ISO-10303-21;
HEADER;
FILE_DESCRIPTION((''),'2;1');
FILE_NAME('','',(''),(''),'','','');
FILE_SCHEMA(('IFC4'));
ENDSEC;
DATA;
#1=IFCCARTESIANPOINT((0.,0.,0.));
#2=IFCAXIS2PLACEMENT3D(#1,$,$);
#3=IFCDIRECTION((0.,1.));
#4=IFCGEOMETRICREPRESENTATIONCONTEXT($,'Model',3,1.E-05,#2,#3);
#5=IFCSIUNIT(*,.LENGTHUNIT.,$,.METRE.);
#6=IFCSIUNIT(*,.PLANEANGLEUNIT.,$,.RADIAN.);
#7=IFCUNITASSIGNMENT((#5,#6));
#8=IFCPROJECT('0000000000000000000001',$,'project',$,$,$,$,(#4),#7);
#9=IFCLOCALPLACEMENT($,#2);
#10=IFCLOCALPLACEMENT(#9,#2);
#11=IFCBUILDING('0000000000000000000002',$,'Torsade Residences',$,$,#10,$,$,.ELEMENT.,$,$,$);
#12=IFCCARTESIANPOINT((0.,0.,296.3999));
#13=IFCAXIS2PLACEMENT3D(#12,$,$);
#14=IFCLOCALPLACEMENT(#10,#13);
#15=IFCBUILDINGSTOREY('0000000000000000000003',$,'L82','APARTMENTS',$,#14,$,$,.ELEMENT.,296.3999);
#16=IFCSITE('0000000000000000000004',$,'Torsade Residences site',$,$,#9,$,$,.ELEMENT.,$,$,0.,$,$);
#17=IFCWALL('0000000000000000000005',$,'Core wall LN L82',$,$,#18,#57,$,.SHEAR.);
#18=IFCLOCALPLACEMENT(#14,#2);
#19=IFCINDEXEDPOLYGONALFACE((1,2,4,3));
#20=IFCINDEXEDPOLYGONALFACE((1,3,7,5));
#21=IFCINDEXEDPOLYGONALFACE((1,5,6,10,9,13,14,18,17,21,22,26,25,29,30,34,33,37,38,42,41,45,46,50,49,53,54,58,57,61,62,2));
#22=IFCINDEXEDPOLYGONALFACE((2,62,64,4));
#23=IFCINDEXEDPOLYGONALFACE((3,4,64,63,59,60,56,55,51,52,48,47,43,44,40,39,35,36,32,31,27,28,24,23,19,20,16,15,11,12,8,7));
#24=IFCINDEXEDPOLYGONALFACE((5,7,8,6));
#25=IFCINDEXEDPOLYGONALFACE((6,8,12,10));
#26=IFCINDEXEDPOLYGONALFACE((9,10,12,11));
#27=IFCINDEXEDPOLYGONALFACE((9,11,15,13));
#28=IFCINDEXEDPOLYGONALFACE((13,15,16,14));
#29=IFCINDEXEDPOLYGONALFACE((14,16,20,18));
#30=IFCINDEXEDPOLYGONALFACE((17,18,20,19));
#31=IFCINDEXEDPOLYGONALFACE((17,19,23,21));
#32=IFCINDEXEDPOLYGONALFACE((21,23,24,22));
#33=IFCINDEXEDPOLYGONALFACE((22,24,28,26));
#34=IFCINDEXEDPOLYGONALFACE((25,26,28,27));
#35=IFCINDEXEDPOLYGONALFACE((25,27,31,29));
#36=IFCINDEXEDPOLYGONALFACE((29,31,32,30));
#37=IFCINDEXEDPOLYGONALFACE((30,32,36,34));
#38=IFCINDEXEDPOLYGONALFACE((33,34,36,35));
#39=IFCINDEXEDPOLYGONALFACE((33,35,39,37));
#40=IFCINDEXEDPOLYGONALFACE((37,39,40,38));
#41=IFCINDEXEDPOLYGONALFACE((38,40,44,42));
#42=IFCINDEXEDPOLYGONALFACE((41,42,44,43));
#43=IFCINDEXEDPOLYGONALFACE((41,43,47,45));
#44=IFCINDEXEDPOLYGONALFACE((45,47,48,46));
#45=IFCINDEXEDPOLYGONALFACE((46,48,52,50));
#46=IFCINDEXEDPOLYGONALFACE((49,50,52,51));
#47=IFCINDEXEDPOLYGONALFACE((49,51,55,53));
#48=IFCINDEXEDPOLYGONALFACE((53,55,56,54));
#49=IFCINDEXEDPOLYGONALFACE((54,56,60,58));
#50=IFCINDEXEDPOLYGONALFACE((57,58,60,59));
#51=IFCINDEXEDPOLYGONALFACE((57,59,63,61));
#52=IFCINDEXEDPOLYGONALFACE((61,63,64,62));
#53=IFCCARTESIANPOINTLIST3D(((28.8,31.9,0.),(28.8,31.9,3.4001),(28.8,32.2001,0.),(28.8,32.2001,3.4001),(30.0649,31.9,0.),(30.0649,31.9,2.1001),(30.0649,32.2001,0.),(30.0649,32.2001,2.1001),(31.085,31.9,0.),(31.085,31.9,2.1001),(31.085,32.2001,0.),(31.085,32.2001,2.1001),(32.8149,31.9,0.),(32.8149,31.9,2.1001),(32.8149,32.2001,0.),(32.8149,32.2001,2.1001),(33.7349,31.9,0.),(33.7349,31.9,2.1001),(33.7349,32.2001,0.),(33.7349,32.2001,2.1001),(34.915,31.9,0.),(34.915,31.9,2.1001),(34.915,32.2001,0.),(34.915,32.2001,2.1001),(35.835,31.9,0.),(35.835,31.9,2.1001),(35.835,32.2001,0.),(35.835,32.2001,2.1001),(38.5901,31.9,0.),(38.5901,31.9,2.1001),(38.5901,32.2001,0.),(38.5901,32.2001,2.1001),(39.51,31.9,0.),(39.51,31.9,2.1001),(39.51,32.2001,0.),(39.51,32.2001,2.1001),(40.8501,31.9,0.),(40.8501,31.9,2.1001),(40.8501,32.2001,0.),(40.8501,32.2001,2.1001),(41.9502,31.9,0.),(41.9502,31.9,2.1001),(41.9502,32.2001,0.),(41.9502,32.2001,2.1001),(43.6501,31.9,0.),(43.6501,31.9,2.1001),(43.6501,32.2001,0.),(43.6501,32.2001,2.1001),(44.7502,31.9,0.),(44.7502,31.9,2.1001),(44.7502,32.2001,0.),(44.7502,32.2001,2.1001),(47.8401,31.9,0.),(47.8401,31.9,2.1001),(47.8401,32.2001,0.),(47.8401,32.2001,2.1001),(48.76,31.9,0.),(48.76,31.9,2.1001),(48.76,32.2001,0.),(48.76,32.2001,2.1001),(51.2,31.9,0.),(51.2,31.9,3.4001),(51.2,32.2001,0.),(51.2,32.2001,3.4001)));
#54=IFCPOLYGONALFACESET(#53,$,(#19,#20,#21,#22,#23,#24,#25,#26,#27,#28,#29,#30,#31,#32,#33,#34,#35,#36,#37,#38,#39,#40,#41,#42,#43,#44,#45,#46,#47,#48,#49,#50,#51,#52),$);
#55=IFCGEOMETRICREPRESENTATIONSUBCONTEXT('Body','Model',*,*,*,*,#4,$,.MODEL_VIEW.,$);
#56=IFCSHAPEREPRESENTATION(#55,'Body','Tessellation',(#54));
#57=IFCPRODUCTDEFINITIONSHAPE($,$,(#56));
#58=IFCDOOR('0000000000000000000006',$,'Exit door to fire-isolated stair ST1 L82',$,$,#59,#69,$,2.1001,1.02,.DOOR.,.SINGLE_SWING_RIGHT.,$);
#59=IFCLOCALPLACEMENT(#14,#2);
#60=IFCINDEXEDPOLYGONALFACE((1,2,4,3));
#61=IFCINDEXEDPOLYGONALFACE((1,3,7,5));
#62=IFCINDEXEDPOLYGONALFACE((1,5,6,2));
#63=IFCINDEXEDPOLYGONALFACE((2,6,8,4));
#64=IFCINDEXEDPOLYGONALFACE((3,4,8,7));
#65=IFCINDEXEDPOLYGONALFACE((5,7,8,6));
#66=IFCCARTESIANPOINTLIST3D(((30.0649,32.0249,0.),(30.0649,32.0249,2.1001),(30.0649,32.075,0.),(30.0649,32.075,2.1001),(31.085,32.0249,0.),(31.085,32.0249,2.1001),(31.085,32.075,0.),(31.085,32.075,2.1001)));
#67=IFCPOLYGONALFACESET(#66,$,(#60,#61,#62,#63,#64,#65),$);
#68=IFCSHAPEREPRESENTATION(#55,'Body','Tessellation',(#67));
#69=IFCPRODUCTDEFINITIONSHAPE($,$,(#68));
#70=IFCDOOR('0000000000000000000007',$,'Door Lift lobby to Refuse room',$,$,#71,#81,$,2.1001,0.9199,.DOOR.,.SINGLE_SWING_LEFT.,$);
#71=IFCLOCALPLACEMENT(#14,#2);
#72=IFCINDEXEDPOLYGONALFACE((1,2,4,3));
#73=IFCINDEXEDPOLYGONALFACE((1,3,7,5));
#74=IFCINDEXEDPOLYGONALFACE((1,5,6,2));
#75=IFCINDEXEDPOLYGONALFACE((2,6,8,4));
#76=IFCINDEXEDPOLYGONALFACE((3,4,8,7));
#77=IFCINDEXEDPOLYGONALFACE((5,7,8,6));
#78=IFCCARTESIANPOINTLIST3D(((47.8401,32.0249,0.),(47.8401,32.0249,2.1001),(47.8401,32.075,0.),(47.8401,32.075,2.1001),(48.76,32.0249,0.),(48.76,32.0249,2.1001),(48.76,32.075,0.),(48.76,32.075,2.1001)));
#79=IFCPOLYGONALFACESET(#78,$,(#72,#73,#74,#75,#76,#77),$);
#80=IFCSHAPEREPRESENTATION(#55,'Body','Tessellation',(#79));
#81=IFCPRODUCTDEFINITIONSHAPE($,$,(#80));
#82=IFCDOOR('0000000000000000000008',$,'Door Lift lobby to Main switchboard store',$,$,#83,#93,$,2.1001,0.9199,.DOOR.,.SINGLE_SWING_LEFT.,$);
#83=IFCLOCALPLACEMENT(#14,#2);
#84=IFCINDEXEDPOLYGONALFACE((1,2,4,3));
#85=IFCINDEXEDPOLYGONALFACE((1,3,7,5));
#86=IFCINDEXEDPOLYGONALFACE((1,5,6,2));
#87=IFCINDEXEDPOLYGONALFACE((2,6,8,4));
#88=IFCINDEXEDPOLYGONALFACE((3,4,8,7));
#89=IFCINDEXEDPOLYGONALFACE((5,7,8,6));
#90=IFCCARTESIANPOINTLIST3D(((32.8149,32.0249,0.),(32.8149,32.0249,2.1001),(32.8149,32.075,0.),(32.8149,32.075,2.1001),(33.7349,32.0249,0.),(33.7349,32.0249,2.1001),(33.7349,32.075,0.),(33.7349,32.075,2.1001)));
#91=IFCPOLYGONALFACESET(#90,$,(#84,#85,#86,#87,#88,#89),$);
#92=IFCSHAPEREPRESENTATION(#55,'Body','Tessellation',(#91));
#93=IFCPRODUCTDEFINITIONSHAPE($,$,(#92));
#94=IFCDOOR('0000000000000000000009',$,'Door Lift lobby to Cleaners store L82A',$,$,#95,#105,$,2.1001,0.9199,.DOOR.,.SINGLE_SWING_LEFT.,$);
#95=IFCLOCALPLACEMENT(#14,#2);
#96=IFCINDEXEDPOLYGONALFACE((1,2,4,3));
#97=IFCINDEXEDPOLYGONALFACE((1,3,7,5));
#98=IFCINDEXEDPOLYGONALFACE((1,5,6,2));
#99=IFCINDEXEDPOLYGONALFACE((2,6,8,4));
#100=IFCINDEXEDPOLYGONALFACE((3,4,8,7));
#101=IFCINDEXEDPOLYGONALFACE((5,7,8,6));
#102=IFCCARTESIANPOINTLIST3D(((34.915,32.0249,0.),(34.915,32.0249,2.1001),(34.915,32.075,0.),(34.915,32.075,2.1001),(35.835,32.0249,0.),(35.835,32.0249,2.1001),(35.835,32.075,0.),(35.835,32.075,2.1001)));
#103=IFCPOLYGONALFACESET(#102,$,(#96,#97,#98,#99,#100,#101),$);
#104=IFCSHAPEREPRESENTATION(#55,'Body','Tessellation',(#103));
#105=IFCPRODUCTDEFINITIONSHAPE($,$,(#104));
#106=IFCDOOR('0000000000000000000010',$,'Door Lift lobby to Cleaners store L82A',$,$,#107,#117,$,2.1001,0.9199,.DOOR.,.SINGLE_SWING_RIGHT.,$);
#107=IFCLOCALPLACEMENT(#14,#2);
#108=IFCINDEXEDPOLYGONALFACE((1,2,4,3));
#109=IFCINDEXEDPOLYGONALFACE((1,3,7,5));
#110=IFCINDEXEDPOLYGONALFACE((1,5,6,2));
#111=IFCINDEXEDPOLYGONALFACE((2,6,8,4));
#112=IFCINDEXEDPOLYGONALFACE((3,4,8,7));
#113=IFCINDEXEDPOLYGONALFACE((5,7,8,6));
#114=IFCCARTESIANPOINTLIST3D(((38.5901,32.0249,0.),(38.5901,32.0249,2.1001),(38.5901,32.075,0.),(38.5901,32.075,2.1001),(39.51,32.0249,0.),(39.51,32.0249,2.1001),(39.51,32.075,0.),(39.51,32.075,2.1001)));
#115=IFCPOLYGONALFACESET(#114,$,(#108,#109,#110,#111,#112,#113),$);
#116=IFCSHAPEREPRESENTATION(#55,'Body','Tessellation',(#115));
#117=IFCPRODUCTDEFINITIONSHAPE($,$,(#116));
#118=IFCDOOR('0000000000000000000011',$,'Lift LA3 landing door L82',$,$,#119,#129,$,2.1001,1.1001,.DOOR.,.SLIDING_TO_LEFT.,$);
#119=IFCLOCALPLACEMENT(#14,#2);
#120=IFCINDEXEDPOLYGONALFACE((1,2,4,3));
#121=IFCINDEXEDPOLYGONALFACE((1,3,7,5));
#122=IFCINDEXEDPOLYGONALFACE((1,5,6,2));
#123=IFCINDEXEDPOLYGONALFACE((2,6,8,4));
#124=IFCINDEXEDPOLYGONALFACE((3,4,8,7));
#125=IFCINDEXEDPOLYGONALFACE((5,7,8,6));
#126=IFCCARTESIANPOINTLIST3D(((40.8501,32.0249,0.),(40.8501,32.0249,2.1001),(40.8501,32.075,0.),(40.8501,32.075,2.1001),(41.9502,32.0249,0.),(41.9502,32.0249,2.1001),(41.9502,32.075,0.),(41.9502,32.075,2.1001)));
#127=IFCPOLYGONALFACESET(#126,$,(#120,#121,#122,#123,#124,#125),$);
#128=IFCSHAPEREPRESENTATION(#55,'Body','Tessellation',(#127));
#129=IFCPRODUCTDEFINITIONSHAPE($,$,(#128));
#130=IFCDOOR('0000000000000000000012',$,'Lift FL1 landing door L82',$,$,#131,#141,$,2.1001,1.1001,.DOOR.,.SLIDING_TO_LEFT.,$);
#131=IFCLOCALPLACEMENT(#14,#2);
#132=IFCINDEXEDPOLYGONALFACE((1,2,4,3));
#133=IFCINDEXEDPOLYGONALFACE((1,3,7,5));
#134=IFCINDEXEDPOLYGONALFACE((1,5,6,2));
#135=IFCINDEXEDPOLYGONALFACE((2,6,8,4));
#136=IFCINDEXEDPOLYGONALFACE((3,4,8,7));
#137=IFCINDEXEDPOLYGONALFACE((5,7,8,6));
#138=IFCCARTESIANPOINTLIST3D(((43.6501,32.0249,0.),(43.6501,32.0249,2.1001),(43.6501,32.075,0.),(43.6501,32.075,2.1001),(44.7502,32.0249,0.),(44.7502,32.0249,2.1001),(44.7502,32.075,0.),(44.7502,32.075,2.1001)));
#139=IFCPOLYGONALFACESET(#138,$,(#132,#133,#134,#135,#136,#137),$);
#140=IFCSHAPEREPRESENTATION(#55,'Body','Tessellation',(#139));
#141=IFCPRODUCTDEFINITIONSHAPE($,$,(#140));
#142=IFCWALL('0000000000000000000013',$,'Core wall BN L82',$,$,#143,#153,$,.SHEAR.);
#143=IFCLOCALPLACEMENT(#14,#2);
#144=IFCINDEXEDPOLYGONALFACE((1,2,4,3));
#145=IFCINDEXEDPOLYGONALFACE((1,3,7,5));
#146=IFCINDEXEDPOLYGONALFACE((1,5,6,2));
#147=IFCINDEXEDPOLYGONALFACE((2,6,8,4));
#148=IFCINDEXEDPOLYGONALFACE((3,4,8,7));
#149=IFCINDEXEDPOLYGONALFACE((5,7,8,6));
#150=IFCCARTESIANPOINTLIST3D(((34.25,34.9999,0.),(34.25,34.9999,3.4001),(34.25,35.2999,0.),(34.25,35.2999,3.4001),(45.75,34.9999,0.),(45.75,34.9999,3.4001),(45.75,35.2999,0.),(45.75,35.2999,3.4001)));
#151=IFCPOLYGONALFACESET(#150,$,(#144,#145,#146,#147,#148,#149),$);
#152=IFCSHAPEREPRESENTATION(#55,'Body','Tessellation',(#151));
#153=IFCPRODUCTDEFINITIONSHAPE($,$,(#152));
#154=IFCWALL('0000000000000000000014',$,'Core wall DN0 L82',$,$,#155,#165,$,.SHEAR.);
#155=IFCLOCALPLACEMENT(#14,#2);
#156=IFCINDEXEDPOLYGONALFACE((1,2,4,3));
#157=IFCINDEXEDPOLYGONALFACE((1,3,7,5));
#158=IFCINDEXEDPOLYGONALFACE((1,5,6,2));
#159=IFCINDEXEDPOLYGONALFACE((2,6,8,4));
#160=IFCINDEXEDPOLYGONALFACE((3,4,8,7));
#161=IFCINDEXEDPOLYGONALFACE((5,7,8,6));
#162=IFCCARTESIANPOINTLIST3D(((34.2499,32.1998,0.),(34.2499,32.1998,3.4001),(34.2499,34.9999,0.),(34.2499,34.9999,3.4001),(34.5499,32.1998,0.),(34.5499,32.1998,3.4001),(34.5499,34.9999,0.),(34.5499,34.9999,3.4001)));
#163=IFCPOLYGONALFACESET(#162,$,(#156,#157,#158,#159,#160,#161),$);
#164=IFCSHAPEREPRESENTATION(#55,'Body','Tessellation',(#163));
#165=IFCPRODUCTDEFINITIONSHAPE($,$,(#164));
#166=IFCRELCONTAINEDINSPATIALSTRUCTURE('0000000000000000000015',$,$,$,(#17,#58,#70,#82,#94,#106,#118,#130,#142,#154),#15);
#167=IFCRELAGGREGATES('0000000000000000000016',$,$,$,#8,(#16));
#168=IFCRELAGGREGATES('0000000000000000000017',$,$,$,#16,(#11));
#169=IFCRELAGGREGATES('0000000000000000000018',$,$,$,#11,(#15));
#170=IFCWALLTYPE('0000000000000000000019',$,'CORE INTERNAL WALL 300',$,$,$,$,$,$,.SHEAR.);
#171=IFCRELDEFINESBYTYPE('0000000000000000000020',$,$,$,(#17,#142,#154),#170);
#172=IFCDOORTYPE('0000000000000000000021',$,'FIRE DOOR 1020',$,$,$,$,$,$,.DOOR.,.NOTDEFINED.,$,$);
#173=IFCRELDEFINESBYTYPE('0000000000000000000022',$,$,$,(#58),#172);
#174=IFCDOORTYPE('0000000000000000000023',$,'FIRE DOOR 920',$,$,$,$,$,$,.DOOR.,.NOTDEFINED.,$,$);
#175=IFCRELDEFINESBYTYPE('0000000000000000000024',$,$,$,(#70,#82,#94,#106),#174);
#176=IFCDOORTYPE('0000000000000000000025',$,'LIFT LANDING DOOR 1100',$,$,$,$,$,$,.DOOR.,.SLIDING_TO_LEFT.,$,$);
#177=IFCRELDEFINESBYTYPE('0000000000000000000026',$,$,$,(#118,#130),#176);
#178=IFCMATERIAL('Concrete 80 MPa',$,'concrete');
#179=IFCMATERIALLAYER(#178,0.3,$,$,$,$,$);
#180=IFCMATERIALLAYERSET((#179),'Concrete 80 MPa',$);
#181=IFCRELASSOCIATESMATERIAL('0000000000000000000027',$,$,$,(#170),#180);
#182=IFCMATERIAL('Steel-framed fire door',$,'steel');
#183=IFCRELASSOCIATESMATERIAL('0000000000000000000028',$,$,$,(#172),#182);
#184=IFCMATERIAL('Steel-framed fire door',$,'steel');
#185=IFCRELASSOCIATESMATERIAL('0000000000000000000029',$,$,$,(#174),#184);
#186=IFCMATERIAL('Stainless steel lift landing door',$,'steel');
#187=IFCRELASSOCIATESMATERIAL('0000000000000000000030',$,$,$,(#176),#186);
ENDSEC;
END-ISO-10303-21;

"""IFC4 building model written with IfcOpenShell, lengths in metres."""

from ifc_helpers import new_model, si_unit, direction, frame, frame_2d, origin, place, context, subcontext, project, spatial, rectangle, extrude, material, layer, layer_set, type_object, element, fill, save


model = new_model("IFC4")

# Units and contexts
model_context = context("Model", 3, precision=1e-05, world=origin(), true_north=direction((0.0, 1.0)))
body_context = subcontext(model_context, "Body", "Model", "MODEL_VIEW")
ifc_project = project(units=[si_unit("LENGTHUNIT", "METRE"), si_unit("PLANEANGLEUNIT", "RADIAN")], contexts=[model_context])

# Site, building, storey
site_placement = place(None, origin())
site = spatial("IfcSite", under=ifc_project, at=site_placement, Name="Torsade Residences site", CompositionType="ELEMENT", RefElevation=0.0)
building_placement = place(site_placement, origin())
building = spatial("IfcBuilding", under=site, at=building_placement, Name="Torsade Residences", CompositionType="ELEMENT")
storey_placement = place(building_placement, frame((0.0, 0.0, 296.3999)))
storey = spatial("IfcBuildingStorey", under=building, at=storey_placement, Name="L82", Description="APARTMENTS", CompositionType="ELEMENT", Elevation=296.3999)

# Wall, openings, doors
ifc_material_1 = material(Name="Concrete 80 MPa", Category="concrete")
ifc_layer_1 = layer(ifc_material_1, 0.3)
ifc_layer_set_1 = layer_set([ifc_layer_1], Name="Concrete 80 MPa")
wall_type_1 = type_object("IfcWallType", Name="CORE INTERNAL WALL 300", PredefinedType="SHEAR", material=ifc_layer_set_1)
wall_1_placement = place(storey_placement, frame((28.8, 32.05, 0.0), z_axis=(0.0, 0.0, 1.0), x_axis=(1.0, 0.0, 0.0)))
wall_1 = element("IfcWall", 1, at=wall_1_placement, inside=storey, type_object=wall_type_1, Name="Core wall LN L82", PredefinedType="SHEAR", context=body_context, shape_type="SweptSolid", body=[
    extrude(rectangle(XDim=22.3999, YDim=0.3, at=frame_2d((11.2, 0.0))), origin(), (0.0, 0.0, 1.0), 3.4001),
])
opening_1_placement = place(wall_1_placement, frame((19.04, 0.0, 0.0)))
opening_1 = element("IfcOpeningElement", 2, at=opening_1_placement, cuts=wall_1, PredefinedType="OPENING", context=body_context, shape_type="SweptSolid", body=[
    extrude(rectangle(XDim=0.9199, YDim=2.1001, at=frame_2d((0.46, 1.05))), frame((0.0, 0.1599, 0.0), z_axis=(0.0, -1.0, 0.0), x_axis=(1.0, 0.0, 0.0)), (0.0, 0.0, 1.0), 0.3201),
])
opening_2_placement = place(wall_1_placement, frame((1.2649, 0.0, 0.0)))
opening_2 = element("IfcOpeningElement", 3, at=opening_2_placement, cuts=wall_1, PredefinedType="OPENING", context=body_context, shape_type="SweptSolid", body=[
    extrude(rectangle(XDim=1.02, YDim=2.1001, at=frame_2d((0.51, 1.05))), frame((0.0, 0.1599, 0.0), z_axis=(0.0, -1.0, 0.0), x_axis=(1.0, 0.0, 0.0)), (0.0, 0.0, 1.0), 0.3201),
])
opening_3_placement = place(wall_1_placement, frame((4.0149, 0.0, 0.0)))
opening_3 = element("IfcOpeningElement", 4, at=opening_3_placement, cuts=wall_1, PredefinedType="OPENING", context=body_context, shape_type="SweptSolid", body=[
    extrude(rectangle(XDim=0.9199, YDim=2.1001, at=frame_2d((0.46, 1.05))), frame((0.0, 0.1599, 0.0), z_axis=(0.0, -1.0, 0.0), x_axis=(1.0, 0.0, 0.0)), (0.0, 0.0, 1.0), 0.3201),
])
opening_4_placement = place(wall_1_placement, frame((6.115, 0.0, 0.0)))
opening_4 = element("IfcOpeningElement", 5, at=opening_4_placement, cuts=wall_1, PredefinedType="OPENING", context=body_context, shape_type="SweptSolid", body=[
    extrude(rectangle(XDim=0.9199, YDim=2.1001, at=frame_2d((0.46, 1.05))), frame((0.0, 0.1599, 0.0), z_axis=(0.0, -1.0, 0.0), x_axis=(1.0, 0.0, 0.0)), (0.0, 0.0, 1.0), 0.3201),
])
opening_5_placement = place(wall_1_placement, frame((9.79, 0.0, 0.0)))
opening_5 = element("IfcOpeningElement", 6, at=opening_5_placement, cuts=wall_1, PredefinedType="OPENING", context=body_context, shape_type="SweptSolid", body=[
    extrude(rectangle(XDim=0.9199, YDim=2.1001, at=frame_2d((0.46, 1.05))), frame((0.0, 0.1599, 0.0), z_axis=(0.0, -1.0, 0.0), x_axis=(1.0, 0.0, 0.0)), (0.0, 0.0, 1.0), 0.3201),
])
opening_6_placement = place(wall_1_placement, frame((12.05, 0.0, 0.0)))
opening_6 = element("IfcOpeningElement", 7, at=opening_6_placement, cuts=wall_1, PredefinedType="OPENING", context=body_context, shape_type="SweptSolid", body=[
    extrude(rectangle(XDim=1.1001, YDim=2.1001, at=frame_2d((0.55, 1.05))), frame((0.0, 0.1599, 0.0), z_axis=(0.0, -1.0, 0.0), x_axis=(1.0, 0.0, 0.0)), (0.0, 0.0, 1.0), 0.3201),
])
opening_7_placement = place(wall_1_placement, frame((14.8501, 0.0, 0.0)))
opening_7 = element("IfcOpeningElement", 8, at=opening_7_placement, cuts=wall_1, PredefinedType="OPENING", context=body_context, shape_type="SweptSolid", body=[
    extrude(rectangle(XDim=1.1001, YDim=2.1001, at=frame_2d((0.55, 1.05))), frame((0.0, 0.1599, 0.0), z_axis=(0.0, -1.0, 0.0), x_axis=(1.0, 0.0, 0.0)), (0.0, 0.0, 1.0), 0.3201),
])
ifc_material_2 = material(Name="Steel-framed fire door", Category="steel")
door_type_1 = type_object("IfcDoorType", Name="FIRE DOOR 1020", OperationType="NOTDEFINED", PredefinedType="DOOR", material=ifc_material_2)
door_1_placement = place(opening_2_placement, origin())
door_1 = element("IfcDoor", 9, at=door_1_placement, inside=storey, type_object=door_type_1, Name="Exit door to fire-isolated stair ST1 L82", OperationType="SINGLE_SWING_RIGHT", OverallHeight=2.1001, OverallWidth=1.02, PredefinedType="DOOR", context=body_context, shape_type="SweptSolid", body=[
    extrude(rectangle(XDim=1.02, YDim=2.1001, at=frame_2d((0.51, 1.05))), frame((0.0, 0.0249, 0.0), z_axis=(0.0, -1.0, 0.0), x_axis=(1.0, 0.0, 0.0)), (0.0, 0.0, 1.0), 0.05),
])
fill(opening_2, door_1)
ifc_material_3 = material(Name="Steel-framed fire door", Category="steel")
door_type_2 = type_object("IfcDoorType", Name="FIRE DOOR 920", OperationType="NOTDEFINED", PredefinedType="DOOR", material=ifc_material_3)
door_2_placement = place(opening_1_placement, origin())
door_2 = element("IfcDoor", 10, at=door_2_placement, inside=storey, type_object=door_type_2, Name="Door Lift lobby to Refuse room", OperationType="SINGLE_SWING_LEFT", OverallHeight=2.1001, OverallWidth=0.9199, PredefinedType="DOOR", context=body_context, shape_type="SweptSolid", body=[
    extrude(rectangle(XDim=0.9199, YDim=2.1001, at=frame_2d((0.46, 1.05))), frame((0.0, 0.0249, 0.0), z_axis=(0.0, -1.0, 0.0), x_axis=(1.0, 0.0, 0.0)), (0.0, 0.0, 1.0), 0.05),
])
fill(opening_1, door_2)
door_3_placement = place(opening_3_placement, origin())
door_3 = element("IfcDoor", 11, at=door_3_placement, inside=storey, type_object=door_type_2, Name="Door Lift lobby to Main switchboard store", OperationType="SINGLE_SWING_LEFT", OverallHeight=2.1001, OverallWidth=0.9199, PredefinedType="DOOR", context=body_context, shape_type="SweptSolid", body=[
    extrude(rectangle(XDim=0.9199, YDim=2.1001, at=frame_2d((0.46, 1.05))), frame((0.0, 0.0249, 0.0), z_axis=(0.0, -1.0, 0.0), x_axis=(1.0, 0.0, 0.0)), (0.0, 0.0, 1.0), 0.05),
])
fill(opening_3, door_3)
door_4_placement = place(opening_4_placement, origin())
door_4 = element("IfcDoor", 12, at=door_4_placement, inside=storey, type_object=door_type_2, Name="Door Lift lobby to Cleaners store L82A", OperationType="SINGLE_SWING_LEFT", OverallHeight=2.1001, OverallWidth=0.9199, PredefinedType="DOOR", context=body_context, shape_type="SweptSolid", body=[
    extrude(rectangle(XDim=0.9199, YDim=2.1001, at=frame_2d((0.46, 1.05))), frame((0.0, 0.0249, 0.0), z_axis=(0.0, -1.0, 0.0), x_axis=(1.0, 0.0, 0.0)), (0.0, 0.0, 1.0), 0.05),
])
fill(opening_4, door_4)
door_5_placement = place(opening_5_placement, origin())
door_5 = element("IfcDoor", 13, at=door_5_placement, inside=storey, type_object=door_type_2, Name="Door Lift lobby to Cleaners store L82A", OperationType="SINGLE_SWING_RIGHT", OverallHeight=2.1001, OverallWidth=0.9199, PredefinedType="DOOR", context=body_context, shape_type="SweptSolid", body=[
    extrude(rectangle(XDim=0.9199, YDim=2.1001, at=frame_2d((0.46, 1.05))), frame((0.0, 0.0249, 0.0), z_axis=(0.0, -1.0, 0.0), x_axis=(1.0, 0.0, 0.0)), (0.0, 0.0, 1.0), 0.05),
])
fill(opening_5, door_5)
ifc_material_4 = material(Name="Stainless steel lift landing door", Category="steel")
door_type_3 = type_object("IfcDoorType", Name="LIFT LANDING DOOR 1100", OperationType="SLIDING_TO_LEFT", PredefinedType="DOOR", material=ifc_material_4)
door_6_placement = place(opening_6_placement, origin())
door_6 = element("IfcDoor", 14, at=door_6_placement, inside=storey, type_object=door_type_3, Name="Lift LA3 landing door L82", OperationType="SLIDING_TO_LEFT", OverallHeight=2.1001, OverallWidth=1.1001, PredefinedType="DOOR", context=body_context, shape_type="SweptSolid", body=[
    extrude(rectangle(XDim=1.1001, YDim=2.1001, at=frame_2d((0.55, 1.05))), frame((0.0, 0.0249, 0.0), z_axis=(0.0, -1.0, 0.0), x_axis=(1.0, 0.0, 0.0)), (0.0, 0.0, 1.0), 0.05),
])
fill(opening_6, door_6)
door_7_placement = place(opening_7_placement, origin())
door_7 = element("IfcDoor", 15, at=door_7_placement, inside=storey, type_object=door_type_3, Name="Lift FL1 landing door L82", OperationType="SLIDING_TO_LEFT", OverallHeight=2.1001, OverallWidth=1.1001, PredefinedType="DOOR", context=body_context, shape_type="SweptSolid", body=[
    extrude(rectangle(XDim=1.1001, YDim=2.1001, at=frame_2d((0.55, 1.05))), frame((0.0, 0.0249, 0.0), z_axis=(0.0, -1.0, 0.0), x_axis=(1.0, 0.0, 0.0)), (0.0, 0.0, 1.0), 0.05),
])
fill(opening_7, door_7)

# Walls
wall_2_placement = place(storey_placement, frame((34.25, 35.1499, 0.0), z_axis=(0.0, 0.0, 1.0), x_axis=(1.0, 0.0, 0.0)))
element("IfcWall", 16, at=wall_2_placement, inside=storey, type_object=wall_type_1, Name="Core wall BN L82", PredefinedType="SHEAR", context=body_context, shape_type="SweptSolid", body=[
    extrude(rectangle(XDim=11.5, YDim=0.3, at=frame_2d((5.75, 0.0))), origin(), (0.0, 0.0, 1.0), 3.4001),
])
wall_3_placement = place(storey_placement, frame((34.3999, 32.2, 0.0), z_axis=(0.0, 0.0, 1.0), x_axis=(0.0, 1.0, 0.0)))
element("IfcWall", 17, at=wall_3_placement, inside=storey, type_object=wall_type_1, Name="Core wall DN0 L82", PredefinedType="SHEAR", context=body_context, shape_type="SweptSolid", body=[
    extrude(rectangle(XDim=2.8, YDim=0.3, at=frame_2d((1.3999, 0.0))), origin(), (0.0, 0.0, 1.0), 3.4001),
])

save(model, "model.ifc")
